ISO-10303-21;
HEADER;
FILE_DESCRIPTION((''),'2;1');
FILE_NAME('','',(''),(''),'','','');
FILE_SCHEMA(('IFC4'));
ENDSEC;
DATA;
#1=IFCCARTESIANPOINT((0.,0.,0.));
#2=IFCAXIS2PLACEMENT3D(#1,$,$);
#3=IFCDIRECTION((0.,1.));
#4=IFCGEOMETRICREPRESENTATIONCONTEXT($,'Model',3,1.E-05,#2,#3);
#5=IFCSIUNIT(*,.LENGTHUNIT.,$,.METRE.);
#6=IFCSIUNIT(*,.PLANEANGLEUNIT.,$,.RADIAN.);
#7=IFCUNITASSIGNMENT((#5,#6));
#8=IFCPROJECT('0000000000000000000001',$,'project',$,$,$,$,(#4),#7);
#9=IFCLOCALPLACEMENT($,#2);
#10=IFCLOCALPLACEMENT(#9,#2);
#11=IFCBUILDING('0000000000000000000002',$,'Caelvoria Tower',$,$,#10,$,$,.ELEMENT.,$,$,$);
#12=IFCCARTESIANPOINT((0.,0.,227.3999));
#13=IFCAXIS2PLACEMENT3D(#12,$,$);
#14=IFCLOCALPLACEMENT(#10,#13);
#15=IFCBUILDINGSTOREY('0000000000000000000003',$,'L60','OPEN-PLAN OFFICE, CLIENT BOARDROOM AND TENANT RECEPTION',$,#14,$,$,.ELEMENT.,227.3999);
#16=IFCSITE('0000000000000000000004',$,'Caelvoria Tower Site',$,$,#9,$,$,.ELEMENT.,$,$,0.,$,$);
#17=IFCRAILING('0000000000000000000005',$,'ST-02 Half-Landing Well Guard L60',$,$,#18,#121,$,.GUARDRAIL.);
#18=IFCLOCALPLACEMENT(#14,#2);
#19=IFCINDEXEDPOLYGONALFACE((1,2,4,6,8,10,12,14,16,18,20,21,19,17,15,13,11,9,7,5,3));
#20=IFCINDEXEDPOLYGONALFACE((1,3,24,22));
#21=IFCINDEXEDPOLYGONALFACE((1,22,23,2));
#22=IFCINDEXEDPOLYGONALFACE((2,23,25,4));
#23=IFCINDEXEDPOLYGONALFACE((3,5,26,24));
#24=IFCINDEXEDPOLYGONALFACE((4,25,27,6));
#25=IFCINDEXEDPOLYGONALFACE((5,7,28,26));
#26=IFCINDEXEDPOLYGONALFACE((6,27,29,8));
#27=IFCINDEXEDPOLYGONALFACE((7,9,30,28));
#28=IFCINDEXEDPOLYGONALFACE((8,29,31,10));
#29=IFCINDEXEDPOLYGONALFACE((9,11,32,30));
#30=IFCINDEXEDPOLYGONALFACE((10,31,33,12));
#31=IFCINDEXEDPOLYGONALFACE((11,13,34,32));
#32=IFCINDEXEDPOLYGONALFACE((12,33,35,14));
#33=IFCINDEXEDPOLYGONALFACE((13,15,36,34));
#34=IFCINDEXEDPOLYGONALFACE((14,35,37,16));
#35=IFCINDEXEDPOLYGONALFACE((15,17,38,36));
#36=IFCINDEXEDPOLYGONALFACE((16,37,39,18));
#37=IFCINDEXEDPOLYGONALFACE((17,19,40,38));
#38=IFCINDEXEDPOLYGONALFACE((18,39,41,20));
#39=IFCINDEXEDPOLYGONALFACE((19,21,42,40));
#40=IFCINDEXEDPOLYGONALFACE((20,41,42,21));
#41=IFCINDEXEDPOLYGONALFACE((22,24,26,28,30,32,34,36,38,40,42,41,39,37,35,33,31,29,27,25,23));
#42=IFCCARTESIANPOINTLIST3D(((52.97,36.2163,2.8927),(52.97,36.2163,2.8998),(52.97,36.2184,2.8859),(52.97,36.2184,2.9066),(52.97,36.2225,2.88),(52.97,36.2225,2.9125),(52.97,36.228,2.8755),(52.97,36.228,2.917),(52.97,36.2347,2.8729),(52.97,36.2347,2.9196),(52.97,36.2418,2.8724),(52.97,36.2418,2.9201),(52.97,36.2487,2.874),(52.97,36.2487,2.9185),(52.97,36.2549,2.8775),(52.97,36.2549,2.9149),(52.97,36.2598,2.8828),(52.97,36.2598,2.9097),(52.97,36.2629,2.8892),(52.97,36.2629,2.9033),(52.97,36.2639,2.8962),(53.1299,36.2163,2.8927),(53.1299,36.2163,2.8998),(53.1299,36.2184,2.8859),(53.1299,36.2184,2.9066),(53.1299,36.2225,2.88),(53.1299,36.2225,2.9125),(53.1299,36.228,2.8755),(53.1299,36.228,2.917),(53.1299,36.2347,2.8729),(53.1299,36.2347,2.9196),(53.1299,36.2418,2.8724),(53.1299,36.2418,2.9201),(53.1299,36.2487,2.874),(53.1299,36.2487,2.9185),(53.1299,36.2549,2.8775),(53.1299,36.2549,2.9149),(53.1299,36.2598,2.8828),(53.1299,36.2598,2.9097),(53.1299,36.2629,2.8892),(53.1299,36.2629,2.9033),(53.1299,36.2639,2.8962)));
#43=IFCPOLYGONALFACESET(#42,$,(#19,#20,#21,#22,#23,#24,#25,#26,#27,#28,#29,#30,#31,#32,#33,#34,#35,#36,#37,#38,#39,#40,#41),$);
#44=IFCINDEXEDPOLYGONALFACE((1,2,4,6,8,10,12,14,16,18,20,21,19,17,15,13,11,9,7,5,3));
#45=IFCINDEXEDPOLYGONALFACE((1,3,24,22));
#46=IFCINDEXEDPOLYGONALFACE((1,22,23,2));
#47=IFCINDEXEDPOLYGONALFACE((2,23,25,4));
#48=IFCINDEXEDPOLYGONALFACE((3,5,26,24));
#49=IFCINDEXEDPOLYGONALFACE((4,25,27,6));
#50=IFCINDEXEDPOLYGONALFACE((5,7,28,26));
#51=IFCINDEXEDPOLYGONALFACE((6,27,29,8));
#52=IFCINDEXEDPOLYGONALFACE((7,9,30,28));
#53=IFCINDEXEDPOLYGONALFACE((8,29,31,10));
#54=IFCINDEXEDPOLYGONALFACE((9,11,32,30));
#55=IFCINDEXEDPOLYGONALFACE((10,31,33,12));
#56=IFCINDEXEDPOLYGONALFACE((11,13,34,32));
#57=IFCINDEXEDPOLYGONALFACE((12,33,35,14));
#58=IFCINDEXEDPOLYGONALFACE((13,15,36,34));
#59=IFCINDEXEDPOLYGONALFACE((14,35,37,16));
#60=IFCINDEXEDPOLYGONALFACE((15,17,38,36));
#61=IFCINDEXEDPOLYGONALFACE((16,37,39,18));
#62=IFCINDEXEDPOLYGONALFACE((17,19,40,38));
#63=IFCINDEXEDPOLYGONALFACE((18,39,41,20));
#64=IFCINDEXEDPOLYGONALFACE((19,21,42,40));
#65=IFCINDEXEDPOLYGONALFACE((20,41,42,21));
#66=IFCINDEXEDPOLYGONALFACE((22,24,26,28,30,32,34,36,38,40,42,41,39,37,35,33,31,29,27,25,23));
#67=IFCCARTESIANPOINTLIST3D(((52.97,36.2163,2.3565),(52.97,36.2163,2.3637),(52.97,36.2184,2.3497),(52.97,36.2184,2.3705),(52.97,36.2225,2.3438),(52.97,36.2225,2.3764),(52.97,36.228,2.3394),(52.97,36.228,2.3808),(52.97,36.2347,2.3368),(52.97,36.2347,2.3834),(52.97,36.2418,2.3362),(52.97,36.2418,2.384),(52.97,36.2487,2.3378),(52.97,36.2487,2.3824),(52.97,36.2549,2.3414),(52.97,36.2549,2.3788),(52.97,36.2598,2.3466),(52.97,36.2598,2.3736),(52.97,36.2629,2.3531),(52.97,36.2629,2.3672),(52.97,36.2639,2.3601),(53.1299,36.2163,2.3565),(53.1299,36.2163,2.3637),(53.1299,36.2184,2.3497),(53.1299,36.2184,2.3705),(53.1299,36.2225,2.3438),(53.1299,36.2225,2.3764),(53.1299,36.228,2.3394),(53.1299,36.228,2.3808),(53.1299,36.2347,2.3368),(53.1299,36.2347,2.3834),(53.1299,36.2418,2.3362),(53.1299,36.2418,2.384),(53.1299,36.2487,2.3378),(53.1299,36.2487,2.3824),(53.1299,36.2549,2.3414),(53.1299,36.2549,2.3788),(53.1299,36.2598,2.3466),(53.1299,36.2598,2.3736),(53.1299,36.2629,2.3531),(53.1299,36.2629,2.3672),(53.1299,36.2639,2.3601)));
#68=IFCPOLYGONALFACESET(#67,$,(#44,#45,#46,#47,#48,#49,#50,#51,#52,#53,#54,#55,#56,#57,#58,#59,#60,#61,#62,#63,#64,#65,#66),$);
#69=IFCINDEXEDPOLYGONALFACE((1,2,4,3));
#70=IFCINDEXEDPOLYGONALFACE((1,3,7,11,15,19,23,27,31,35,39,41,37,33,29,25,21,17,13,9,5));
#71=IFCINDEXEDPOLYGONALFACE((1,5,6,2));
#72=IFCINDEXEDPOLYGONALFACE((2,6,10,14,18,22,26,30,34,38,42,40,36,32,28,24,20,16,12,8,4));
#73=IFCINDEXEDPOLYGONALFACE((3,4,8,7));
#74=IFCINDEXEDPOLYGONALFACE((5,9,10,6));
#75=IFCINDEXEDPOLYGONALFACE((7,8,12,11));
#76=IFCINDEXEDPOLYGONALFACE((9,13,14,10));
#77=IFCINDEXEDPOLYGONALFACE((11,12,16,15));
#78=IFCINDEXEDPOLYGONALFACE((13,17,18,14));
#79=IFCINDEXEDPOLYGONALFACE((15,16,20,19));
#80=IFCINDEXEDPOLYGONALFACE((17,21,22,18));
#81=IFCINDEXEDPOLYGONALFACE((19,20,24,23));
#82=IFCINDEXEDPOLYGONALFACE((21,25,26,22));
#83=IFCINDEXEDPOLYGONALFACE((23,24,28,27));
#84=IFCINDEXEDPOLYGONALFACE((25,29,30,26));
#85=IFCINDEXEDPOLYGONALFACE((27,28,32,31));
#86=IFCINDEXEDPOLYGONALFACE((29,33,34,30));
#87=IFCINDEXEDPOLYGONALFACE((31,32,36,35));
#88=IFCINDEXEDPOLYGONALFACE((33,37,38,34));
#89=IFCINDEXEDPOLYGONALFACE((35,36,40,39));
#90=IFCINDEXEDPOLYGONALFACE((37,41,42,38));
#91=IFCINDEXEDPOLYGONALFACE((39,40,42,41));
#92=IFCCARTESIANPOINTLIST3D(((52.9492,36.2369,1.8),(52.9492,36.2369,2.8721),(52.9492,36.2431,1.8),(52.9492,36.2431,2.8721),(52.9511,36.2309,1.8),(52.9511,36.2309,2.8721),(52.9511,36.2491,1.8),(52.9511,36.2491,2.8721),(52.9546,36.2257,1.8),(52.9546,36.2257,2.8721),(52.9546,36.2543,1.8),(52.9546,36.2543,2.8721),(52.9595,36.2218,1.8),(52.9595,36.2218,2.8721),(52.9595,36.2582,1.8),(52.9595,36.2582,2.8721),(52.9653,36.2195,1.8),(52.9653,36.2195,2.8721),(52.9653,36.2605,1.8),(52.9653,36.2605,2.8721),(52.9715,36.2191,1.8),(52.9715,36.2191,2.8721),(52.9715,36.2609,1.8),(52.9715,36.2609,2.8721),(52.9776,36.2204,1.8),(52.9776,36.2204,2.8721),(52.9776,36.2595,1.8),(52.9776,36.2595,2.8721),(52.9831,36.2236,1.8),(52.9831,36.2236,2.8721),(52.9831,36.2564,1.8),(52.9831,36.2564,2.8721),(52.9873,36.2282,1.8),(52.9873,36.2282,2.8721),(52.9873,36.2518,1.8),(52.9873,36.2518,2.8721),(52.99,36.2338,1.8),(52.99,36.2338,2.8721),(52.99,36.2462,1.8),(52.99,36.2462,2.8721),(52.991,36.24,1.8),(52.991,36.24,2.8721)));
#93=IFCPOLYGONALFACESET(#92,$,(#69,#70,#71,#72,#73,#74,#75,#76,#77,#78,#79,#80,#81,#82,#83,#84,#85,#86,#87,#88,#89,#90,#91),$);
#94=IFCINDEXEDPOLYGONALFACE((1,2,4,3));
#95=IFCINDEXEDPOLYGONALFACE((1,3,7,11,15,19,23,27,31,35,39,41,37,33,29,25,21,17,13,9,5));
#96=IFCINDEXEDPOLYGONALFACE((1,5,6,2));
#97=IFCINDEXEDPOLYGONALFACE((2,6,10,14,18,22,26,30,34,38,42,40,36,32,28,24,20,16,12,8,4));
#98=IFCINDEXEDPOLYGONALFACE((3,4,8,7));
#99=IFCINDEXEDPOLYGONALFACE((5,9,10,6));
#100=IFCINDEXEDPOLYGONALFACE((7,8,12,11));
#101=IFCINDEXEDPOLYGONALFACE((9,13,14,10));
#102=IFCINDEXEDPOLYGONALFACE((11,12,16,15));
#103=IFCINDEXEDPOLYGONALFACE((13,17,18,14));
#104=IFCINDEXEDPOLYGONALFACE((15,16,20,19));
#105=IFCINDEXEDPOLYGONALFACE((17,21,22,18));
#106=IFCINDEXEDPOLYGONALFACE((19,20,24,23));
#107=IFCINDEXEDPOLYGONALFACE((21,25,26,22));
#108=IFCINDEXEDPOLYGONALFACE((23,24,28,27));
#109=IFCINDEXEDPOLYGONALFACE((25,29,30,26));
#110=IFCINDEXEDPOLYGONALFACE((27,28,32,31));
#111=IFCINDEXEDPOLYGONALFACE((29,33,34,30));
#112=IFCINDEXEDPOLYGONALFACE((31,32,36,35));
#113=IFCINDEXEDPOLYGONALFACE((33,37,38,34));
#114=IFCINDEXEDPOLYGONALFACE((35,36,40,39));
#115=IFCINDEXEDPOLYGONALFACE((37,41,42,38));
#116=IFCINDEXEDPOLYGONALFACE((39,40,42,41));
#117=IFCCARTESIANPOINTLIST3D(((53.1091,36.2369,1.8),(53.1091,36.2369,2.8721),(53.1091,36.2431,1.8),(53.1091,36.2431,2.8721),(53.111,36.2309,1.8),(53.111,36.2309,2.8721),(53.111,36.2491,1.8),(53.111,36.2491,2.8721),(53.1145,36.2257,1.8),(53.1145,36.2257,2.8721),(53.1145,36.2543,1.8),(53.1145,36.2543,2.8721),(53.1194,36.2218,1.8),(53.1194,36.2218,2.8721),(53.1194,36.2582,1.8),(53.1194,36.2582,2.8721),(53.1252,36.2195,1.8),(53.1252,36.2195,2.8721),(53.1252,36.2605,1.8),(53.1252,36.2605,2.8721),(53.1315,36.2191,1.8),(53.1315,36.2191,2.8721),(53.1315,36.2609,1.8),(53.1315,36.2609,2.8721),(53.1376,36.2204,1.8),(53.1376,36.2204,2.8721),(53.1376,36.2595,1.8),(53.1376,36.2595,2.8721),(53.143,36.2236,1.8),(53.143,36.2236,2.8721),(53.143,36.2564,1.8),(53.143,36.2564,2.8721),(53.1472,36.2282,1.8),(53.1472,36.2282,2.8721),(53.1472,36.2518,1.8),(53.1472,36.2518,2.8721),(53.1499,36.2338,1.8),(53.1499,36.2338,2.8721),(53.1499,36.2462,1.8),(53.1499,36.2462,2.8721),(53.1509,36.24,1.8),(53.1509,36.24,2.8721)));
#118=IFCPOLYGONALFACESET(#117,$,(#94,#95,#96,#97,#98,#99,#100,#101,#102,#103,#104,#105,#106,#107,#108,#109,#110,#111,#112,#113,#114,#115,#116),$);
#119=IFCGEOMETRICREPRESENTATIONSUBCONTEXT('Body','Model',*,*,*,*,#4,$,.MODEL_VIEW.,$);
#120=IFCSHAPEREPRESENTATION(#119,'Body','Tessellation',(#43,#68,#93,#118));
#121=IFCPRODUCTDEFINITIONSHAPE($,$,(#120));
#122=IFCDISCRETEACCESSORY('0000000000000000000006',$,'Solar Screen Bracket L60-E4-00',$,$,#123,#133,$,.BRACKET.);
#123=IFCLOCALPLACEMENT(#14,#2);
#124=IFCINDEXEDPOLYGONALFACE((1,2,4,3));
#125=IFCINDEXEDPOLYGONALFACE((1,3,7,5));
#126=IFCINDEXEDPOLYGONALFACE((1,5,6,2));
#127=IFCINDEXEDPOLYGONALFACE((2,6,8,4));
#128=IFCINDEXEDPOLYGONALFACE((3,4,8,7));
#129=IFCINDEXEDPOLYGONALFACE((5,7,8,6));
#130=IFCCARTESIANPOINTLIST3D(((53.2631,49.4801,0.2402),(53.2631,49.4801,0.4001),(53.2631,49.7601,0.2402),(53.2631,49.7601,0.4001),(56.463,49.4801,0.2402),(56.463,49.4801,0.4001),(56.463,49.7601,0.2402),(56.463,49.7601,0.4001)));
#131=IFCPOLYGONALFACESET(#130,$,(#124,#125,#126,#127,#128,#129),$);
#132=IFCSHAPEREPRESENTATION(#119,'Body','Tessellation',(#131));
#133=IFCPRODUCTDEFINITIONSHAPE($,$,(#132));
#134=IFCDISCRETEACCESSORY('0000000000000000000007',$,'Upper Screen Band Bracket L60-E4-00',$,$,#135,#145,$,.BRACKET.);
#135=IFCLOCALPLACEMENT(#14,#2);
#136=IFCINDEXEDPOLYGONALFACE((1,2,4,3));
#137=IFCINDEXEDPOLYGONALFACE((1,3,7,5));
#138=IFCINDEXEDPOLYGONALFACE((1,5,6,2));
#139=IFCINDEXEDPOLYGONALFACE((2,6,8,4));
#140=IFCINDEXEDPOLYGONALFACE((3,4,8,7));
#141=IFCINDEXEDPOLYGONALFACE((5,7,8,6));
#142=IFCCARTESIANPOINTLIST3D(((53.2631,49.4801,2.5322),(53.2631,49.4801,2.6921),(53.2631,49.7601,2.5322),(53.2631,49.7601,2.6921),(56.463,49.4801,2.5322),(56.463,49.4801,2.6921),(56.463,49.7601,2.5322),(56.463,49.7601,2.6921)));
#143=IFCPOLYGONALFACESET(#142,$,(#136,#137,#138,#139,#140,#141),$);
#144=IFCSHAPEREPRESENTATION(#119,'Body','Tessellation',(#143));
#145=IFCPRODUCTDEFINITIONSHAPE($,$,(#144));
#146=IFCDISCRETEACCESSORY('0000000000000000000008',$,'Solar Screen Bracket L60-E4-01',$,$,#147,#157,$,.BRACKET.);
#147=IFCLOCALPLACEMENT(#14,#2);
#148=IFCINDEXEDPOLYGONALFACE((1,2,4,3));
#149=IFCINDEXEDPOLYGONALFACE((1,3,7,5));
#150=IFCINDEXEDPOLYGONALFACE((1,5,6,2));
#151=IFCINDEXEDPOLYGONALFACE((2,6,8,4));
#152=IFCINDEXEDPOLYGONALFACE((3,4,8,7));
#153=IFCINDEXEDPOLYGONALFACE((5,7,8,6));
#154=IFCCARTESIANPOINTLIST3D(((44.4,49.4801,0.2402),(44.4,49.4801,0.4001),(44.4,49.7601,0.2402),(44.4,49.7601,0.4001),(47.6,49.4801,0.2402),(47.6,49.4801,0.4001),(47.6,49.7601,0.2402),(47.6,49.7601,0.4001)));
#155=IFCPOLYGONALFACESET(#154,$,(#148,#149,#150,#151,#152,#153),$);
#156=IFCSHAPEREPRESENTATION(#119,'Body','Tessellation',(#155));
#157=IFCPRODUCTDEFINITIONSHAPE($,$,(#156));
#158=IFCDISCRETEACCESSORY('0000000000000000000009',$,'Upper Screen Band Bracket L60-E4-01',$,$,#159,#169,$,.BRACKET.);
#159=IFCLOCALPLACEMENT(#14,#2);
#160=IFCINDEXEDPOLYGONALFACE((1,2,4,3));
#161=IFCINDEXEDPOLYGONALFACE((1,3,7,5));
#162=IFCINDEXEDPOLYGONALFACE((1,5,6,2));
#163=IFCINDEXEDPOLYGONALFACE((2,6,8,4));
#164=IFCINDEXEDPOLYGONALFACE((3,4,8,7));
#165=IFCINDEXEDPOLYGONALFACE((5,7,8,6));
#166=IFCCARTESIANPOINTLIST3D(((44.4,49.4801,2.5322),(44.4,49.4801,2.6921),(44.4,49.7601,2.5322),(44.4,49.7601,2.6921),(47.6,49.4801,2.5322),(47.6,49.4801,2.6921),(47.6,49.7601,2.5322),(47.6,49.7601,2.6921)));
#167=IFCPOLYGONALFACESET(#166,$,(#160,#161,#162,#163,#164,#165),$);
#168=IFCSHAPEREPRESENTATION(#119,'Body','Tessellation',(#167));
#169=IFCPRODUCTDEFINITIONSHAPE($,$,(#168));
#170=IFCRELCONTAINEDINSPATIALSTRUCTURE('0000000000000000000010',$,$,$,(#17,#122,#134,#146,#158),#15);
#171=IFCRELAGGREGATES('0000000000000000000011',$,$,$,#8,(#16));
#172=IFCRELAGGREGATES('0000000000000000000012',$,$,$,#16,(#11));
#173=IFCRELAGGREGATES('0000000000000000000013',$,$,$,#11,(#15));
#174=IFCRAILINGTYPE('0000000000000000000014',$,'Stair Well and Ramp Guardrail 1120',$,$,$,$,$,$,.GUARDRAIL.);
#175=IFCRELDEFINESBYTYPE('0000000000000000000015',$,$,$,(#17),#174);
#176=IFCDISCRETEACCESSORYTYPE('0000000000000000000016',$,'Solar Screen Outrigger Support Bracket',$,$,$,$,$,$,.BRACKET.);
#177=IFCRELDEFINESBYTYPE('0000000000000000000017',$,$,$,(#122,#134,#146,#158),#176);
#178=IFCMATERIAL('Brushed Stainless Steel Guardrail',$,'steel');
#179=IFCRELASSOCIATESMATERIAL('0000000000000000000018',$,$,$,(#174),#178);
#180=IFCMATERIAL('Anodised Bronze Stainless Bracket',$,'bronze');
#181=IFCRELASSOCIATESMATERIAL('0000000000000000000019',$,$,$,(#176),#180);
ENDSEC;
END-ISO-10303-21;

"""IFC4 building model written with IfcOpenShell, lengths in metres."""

from ifc_helpers import new_model, si_unit, direction, frame, origin, origin_2d, place, context, subcontext, project, spatial, rectangle, circle, extrude, material, type_object, element, save


model = new_model("IFC4")

# Units and contexts
model_context = context("Model", 3, precision=1e-05, world=origin(), true_north=direction((0.0, 1.0)))
body_context = subcontext(model_context, "Body", "Model", "MODEL_VIEW")
ifc_project = project(units=[si_unit("LENGTHUNIT", "METRE"), si_unit("PLANEANGLEUNIT", "RADIAN")], contexts=[model_context])

# Site, building, storey
site_placement = place(None, origin())
site = spatial("IfcSite", under=ifc_project, at=site_placement, Name="Caelvoria Tower Site", CompositionType="ELEMENT", RefElevation=0.0)
building_placement = place(site_placement, origin())
building = spatial("IfcBuilding", under=site, at=building_placement, Name="Caelvoria Tower", CompositionType="ELEMENT")
storey_placement = place(building_placement, frame((0.0, 0.0, 227.3999)))
storey = spatial("IfcBuildingStorey", under=building, at=storey_placement, Name="L60", Description="OPEN-PLAN OFFICE, CLIENT BOARDROOM AND TENANT RECEPTION", CompositionType="ELEMENT", Elevation=227.3999)

# Railing
ifc_material_1 = material(Name="Brushed Stainless Steel Guardrail", Category="steel")
railing_type_1 = type_object("IfcRailingType", Name="Stair Well and Ramp Guardrail 1120", PredefinedType="GUARDRAIL", material=ifc_material_1)
railing_1_placement = place(storey_placement, frame((52.97, 36.24, 1.8)))
element("IfcRailing", 1, at=railing_1_placement, inside=storey, type_object=railing_type_1, Name="ST-02 Half-Landing Well Guard L60", PredefinedType="GUARDRAIL", context=body_context, shape_type="SweptSolid", body=[
    extrude(circle(Radius=0.0239, at=origin_2d()), frame((0.0, 0.0, 1.0962), z_axis=(1.0, 0.0, 0.0), x_axis=(0.0, 1.0, 0.0)), (0.0, 0.0, 1.0), 0.1599),
    extrude(circle(Radius=0.0239, at=origin_2d()), frame((0.0, 0.0, 0.5601), z_axis=(1.0, 0.0, 0.0), x_axis=(0.0, 1.0, 0.0)), (0.0, 0.0, 1.0), 0.1599),
    extrude(circle(Radius=0.021, at=origin_2d()), origin(), (0.0, 0.0, 1.0), 1.072),
    extrude(circle(Radius=0.021, at=origin_2d()), frame((0.1599, 0.0, 0.0)), (0.0, 0.0, 1.0), 1.072),
])

# Discrete accessories
ifc_material_2 = material(Name="Anodised Bronze Stainless Bracket", Category="bronze")
discrete_accessory_type = type_object("IfcDiscreteAccessoryType", Name="Solar Screen Outrigger Support Bracket", PredefinedType="BRACKET", material=ifc_material_2)
for number, where, z_axis, x_axis, name in (
    (2, (54.863, 49.6201, 0.2402), (0.0, 0.0, 1.0), (-1.0, 0.0, 0.0), "Solar Screen Bracket L60-E4-00"),
    (3, (54.863, 49.6201, 2.5322), (0.0, 0.0, 1.0), (-1.0, 0.0, 0.0), "Upper Screen Band Bracket L60-E4-00"),
    (4, (46.0, 49.6201, 0.2402), (0.0, 0.0, 1.0), (-1.0, 0.0, 0.0), "Solar Screen Bracket L60-E4-01"),
    (5, (46.0, 49.6201, 2.5322), (0.0, 0.0, 1.0), (-1.0, 0.0, 0.0), "Upper Screen Band Bracket L60-E4-01"),
):
    element("IfcDiscreteAccessory", number, at=place(storey_placement, frame(where, z_axis=z_axis, x_axis=x_axis)), inside=storey, type_object=discrete_accessory_type, Name=name, PredefinedType="BRACKET", context=body_context, shape_type="SweptSolid", body=[
        extrude(rectangle(XDim=3.2, YDim=0.28, at=origin_2d()), origin(), (0.0, 0.0, 1.0), 0.1599),
    ])

save(model, "model.ifc")
